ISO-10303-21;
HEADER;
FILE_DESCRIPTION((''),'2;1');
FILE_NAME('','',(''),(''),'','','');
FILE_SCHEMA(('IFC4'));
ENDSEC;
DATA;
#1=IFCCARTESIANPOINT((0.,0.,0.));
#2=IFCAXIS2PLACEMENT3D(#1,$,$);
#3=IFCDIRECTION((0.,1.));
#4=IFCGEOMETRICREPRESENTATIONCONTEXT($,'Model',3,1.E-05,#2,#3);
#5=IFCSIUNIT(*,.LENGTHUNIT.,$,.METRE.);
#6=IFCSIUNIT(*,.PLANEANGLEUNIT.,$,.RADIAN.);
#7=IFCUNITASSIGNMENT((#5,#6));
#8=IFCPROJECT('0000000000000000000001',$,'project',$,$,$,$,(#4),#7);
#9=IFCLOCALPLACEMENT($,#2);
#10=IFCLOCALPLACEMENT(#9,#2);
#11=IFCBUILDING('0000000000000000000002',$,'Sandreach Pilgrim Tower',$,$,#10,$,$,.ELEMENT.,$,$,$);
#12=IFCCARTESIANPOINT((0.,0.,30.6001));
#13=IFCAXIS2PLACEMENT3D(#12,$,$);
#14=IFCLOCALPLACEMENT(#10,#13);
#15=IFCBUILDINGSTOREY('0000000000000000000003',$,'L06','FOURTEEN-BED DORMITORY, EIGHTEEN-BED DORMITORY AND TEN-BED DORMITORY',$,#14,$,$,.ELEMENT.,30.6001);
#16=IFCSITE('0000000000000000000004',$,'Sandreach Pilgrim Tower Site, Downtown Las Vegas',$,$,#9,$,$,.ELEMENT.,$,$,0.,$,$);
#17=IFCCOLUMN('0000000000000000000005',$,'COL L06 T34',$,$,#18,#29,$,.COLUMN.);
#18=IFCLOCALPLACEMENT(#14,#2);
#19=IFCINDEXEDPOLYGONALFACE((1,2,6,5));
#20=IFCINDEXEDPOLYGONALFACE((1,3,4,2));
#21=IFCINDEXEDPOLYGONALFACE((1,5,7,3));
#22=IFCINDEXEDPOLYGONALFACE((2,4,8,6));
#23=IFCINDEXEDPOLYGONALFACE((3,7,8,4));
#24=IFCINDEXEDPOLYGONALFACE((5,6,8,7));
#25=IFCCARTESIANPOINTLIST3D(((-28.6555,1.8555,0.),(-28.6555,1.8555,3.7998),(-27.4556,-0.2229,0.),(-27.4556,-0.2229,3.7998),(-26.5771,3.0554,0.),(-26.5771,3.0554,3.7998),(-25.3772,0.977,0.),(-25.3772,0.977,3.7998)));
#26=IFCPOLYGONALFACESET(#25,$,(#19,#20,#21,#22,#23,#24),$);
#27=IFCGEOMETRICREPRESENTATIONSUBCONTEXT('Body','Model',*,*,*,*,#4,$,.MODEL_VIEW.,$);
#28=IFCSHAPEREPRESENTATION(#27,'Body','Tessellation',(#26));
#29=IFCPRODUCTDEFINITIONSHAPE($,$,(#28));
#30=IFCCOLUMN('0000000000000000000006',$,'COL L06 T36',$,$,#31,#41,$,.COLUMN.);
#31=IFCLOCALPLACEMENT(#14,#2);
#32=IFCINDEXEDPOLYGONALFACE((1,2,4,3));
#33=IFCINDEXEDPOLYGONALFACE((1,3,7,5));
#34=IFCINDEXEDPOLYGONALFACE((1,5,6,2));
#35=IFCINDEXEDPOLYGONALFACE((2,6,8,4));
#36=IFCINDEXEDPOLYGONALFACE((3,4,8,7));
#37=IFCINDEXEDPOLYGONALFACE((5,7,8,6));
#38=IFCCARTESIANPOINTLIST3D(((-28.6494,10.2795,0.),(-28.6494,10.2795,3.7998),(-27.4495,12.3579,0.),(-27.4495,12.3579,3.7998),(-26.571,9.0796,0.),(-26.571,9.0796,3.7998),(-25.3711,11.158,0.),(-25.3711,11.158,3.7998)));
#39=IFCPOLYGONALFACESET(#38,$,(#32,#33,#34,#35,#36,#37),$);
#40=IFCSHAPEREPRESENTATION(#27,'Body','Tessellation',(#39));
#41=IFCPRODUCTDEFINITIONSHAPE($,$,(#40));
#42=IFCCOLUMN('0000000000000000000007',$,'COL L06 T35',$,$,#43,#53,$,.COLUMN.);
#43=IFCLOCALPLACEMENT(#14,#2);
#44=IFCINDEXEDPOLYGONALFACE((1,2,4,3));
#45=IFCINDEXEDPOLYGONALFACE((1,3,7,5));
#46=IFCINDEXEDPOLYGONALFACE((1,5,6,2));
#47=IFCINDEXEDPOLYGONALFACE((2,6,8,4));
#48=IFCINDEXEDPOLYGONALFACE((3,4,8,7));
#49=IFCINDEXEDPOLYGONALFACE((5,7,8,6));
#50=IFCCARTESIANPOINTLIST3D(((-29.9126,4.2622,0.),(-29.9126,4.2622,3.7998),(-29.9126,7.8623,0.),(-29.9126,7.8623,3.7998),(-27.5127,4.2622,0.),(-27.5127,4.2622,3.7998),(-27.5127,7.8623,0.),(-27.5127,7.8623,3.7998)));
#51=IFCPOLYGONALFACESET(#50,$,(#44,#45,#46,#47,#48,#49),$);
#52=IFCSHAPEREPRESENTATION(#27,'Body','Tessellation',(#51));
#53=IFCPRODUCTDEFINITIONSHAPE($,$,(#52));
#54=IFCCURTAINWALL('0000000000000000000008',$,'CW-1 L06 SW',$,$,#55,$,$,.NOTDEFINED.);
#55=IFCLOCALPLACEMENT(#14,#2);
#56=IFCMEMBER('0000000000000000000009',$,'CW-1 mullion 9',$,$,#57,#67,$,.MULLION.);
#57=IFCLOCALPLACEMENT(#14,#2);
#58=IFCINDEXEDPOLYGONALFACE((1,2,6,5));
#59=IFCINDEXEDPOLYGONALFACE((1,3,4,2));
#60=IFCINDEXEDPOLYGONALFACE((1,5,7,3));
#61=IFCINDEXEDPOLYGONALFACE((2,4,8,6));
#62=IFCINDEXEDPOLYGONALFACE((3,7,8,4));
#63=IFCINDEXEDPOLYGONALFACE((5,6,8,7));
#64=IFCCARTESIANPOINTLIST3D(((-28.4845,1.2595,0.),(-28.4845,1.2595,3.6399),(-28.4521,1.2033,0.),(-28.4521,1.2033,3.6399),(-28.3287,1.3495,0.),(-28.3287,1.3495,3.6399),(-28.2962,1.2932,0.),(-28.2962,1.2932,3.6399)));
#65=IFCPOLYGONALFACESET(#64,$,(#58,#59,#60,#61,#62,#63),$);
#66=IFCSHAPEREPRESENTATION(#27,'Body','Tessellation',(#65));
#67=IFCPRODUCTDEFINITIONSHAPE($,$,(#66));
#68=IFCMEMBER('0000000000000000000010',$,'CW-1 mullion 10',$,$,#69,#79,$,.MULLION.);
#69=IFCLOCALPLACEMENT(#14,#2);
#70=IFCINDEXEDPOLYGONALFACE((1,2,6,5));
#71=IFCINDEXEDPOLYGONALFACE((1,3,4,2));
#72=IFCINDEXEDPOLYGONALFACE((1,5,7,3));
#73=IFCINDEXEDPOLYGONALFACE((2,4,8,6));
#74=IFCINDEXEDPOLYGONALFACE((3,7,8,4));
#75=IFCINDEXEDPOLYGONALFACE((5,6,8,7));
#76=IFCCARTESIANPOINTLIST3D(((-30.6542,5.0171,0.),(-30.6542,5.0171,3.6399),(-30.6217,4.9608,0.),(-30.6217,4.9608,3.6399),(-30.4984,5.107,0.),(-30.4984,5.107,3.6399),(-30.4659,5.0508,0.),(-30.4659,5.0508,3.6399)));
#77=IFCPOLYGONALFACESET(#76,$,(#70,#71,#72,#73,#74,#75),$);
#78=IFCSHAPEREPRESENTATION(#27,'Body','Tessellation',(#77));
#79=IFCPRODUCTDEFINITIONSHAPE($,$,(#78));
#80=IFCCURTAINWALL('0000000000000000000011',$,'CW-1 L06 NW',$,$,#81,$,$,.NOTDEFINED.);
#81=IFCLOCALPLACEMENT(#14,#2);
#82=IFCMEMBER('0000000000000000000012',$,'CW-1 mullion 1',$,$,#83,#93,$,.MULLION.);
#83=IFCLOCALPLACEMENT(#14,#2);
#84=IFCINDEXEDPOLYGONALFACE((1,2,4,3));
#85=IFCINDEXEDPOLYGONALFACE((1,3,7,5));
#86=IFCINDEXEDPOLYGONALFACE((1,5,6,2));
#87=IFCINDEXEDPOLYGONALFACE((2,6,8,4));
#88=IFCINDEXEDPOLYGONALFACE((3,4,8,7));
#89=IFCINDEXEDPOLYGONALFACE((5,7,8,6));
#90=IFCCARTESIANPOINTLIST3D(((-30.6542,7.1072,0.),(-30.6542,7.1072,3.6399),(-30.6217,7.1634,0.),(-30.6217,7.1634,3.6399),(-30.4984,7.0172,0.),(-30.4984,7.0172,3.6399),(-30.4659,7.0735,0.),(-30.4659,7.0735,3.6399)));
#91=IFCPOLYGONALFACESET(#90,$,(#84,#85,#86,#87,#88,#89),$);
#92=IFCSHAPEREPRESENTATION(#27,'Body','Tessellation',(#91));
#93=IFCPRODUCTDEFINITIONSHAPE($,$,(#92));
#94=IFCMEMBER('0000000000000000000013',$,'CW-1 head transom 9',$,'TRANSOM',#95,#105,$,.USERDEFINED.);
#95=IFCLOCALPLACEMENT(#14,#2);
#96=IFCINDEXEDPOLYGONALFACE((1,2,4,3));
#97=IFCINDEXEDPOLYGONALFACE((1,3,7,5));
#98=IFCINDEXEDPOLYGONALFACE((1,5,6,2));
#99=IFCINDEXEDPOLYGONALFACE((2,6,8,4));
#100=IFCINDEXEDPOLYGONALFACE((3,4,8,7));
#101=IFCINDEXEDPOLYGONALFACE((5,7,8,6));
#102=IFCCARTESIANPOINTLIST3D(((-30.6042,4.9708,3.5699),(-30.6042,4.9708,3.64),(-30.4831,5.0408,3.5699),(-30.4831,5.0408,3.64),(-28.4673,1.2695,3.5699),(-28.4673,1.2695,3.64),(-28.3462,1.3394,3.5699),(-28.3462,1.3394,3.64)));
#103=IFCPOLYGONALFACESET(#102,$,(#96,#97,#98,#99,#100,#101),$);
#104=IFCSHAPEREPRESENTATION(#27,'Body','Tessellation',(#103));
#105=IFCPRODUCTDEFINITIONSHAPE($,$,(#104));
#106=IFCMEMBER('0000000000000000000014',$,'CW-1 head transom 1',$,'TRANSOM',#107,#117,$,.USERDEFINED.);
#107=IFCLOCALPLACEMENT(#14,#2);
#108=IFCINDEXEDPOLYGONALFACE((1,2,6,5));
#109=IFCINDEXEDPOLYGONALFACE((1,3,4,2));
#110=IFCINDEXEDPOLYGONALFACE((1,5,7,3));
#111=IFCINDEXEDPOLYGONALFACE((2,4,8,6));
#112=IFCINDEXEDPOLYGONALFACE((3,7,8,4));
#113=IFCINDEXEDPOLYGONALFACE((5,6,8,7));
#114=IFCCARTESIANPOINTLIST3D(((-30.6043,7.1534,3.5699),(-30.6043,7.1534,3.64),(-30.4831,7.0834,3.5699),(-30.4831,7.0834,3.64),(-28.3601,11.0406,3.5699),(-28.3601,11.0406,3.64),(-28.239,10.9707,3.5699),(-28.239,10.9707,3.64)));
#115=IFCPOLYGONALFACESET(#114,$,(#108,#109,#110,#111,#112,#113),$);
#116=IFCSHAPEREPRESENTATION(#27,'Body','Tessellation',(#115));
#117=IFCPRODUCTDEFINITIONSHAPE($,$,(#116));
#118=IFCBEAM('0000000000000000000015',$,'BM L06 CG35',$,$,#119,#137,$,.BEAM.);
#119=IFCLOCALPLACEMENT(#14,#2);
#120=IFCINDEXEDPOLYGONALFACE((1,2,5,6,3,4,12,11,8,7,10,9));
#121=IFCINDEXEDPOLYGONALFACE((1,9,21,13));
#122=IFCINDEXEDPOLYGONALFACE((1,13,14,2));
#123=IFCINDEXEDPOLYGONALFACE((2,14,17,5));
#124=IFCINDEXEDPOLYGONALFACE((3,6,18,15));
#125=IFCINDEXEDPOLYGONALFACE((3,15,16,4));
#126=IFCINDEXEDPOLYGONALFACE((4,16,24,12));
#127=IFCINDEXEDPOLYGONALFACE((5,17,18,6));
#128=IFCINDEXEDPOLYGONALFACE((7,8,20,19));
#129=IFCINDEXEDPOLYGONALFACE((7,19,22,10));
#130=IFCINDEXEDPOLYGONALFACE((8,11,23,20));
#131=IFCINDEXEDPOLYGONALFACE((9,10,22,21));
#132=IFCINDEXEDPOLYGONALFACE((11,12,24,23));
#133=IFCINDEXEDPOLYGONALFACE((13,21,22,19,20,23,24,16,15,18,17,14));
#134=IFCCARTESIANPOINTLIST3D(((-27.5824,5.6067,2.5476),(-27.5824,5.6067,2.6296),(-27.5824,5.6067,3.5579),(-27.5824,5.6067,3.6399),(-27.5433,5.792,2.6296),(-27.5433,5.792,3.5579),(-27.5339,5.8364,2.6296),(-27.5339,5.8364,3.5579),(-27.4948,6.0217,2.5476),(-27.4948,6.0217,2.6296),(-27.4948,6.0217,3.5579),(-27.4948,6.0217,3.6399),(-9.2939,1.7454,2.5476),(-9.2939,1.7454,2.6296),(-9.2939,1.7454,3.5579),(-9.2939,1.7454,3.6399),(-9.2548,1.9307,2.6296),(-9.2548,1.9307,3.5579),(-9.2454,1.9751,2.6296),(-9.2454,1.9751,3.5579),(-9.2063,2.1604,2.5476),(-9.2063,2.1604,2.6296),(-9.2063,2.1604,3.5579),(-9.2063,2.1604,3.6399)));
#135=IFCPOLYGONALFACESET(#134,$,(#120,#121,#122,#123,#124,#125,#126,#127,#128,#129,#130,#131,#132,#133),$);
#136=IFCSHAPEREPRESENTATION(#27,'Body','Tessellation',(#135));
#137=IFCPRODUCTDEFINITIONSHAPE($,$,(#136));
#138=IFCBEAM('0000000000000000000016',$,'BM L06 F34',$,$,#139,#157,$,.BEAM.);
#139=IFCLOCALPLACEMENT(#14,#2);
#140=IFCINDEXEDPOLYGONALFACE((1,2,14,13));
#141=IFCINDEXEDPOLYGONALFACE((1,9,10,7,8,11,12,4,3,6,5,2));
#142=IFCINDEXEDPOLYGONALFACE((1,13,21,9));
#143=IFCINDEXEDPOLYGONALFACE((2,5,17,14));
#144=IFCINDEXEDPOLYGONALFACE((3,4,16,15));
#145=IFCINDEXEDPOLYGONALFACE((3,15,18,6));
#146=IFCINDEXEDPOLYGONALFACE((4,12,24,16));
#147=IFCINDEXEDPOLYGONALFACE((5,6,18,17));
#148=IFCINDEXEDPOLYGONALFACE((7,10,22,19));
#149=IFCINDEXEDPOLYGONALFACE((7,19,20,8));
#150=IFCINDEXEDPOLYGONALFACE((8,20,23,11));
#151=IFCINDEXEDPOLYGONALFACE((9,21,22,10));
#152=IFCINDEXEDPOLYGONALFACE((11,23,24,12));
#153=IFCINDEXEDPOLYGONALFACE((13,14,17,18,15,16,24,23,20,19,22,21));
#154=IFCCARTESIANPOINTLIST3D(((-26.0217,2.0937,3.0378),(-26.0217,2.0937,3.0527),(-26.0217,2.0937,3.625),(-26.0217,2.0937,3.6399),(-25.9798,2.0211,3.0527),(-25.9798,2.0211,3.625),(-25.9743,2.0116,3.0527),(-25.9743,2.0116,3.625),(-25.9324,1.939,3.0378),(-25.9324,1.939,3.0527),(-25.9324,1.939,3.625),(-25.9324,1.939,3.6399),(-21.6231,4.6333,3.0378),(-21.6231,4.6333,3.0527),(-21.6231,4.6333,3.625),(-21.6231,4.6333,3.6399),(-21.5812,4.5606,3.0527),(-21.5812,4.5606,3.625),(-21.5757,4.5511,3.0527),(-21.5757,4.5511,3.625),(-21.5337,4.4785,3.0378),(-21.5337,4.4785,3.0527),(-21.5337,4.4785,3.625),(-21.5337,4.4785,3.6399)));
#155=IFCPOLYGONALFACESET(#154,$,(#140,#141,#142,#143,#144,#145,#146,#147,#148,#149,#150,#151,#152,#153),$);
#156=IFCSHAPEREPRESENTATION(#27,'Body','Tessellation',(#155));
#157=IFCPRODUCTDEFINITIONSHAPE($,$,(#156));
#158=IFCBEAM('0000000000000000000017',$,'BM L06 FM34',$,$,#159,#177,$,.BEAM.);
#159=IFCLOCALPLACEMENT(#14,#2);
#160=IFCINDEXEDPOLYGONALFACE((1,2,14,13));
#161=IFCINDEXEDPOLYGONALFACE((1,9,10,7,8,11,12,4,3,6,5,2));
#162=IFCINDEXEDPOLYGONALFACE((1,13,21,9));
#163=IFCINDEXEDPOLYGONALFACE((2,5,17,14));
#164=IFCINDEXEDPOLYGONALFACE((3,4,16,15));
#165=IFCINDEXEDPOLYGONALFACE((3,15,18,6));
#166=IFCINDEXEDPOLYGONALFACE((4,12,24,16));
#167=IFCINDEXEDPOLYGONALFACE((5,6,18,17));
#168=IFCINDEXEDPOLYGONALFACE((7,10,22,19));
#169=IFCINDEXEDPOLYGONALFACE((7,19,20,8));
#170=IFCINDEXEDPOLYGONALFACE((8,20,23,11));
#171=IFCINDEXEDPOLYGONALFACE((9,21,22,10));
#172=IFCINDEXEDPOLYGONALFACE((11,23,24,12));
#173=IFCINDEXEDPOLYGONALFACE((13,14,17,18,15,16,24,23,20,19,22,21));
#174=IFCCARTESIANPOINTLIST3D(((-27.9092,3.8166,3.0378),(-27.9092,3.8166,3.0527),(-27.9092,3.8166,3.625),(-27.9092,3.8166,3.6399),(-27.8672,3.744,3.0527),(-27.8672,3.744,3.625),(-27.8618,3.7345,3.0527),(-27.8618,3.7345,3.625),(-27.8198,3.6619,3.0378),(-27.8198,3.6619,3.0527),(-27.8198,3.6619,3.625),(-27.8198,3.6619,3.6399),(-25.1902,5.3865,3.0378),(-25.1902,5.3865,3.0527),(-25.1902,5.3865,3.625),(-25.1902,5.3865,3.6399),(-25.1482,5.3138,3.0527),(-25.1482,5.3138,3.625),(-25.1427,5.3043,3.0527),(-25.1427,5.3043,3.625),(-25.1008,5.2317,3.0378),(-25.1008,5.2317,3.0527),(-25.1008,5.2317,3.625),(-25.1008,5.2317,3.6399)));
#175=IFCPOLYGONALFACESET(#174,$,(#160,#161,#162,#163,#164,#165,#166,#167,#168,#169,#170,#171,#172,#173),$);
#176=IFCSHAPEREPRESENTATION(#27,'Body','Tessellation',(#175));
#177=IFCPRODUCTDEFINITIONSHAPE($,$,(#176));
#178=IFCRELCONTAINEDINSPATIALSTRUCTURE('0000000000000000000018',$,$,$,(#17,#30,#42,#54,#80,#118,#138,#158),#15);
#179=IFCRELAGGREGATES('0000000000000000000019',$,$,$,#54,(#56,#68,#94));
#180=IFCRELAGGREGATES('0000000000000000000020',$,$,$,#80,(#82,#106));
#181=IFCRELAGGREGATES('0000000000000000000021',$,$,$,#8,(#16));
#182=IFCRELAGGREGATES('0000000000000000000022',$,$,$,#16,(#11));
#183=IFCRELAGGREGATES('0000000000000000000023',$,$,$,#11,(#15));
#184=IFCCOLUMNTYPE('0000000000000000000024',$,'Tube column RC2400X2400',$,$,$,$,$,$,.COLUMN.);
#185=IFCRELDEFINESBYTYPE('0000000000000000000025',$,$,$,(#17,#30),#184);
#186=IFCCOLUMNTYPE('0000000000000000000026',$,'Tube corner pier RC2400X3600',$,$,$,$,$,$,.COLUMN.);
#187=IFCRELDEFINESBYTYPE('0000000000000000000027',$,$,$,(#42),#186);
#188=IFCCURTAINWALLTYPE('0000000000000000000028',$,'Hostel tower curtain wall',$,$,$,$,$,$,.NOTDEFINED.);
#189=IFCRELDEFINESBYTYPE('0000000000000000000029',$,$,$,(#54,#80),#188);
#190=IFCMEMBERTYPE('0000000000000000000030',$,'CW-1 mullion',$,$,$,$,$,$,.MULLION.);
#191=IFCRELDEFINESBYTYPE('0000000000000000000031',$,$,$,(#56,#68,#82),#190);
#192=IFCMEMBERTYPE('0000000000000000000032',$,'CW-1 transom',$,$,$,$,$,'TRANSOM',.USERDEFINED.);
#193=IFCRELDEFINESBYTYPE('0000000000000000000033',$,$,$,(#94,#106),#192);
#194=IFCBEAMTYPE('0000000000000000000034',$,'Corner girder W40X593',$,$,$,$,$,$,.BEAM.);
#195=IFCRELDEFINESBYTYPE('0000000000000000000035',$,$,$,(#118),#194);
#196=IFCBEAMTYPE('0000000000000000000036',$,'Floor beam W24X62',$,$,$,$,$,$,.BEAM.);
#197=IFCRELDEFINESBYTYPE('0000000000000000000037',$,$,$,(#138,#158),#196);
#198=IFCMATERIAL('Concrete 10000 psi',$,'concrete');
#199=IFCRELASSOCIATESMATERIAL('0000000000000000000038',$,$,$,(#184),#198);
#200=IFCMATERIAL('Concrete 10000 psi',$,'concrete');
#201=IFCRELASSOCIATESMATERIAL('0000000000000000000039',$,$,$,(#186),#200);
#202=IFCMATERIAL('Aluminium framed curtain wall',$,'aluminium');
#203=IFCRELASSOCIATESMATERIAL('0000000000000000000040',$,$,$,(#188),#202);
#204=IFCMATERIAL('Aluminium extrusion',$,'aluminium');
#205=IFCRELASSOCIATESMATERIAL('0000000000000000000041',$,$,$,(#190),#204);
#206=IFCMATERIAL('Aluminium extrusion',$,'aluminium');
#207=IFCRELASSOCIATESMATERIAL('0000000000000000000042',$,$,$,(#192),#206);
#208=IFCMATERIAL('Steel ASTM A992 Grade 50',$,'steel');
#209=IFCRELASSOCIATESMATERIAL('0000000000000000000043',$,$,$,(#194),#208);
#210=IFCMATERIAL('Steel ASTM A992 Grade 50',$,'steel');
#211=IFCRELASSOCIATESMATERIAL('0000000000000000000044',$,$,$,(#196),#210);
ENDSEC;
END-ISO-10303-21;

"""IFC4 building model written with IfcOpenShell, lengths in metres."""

from ifc_helpers import new_model, si_unit, direction, frame, origin, origin_2d, place, context, subcontext, project, spatial, rectangle, i_section, extrude, material, material_profile, profile_set, type_object, element, aggregate, save


model = new_model("IFC4")

# Units and contexts
model_context = context("Model", 3, precision=1e-05, world=origin(), true_north=direction((0.0, 1.0)))
body_context = subcontext(model_context, "Body", "Model", "MODEL_VIEW")
ifc_project = project(units=[si_unit("LENGTHUNIT", "METRE"), si_unit("PLANEANGLEUNIT", "RADIAN")], contexts=[model_context])

# Site, building, storey
site_placement = place(None, origin())
site = spatial("IfcSite", under=ifc_project, at=site_placement, Name="Sandreach Pilgrim Tower Site, Downtown Las Vegas", CompositionType="ELEMENT", RefElevation=0.0)
building_placement = place(site_placement, origin())
building = spatial("IfcBuilding", under=site, at=building_placement, Name="Sandreach Pilgrim Tower", CompositionType="ELEMENT")
storey_placement = place(building_placement, frame((0.0, 0.0, 30.6001)))
storey = spatial("IfcBuildingStorey", under=building, at=storey_placement, Name="L06", Description="FOURTEEN-BED DORMITORY, EIGHTEEN-BED DORMITORY AND TEN-BED DORMITORY", CompositionType="ELEMENT", Elevation=30.6001)

# Columns
ifc_material_1 = material(Name="Concrete 10000 psi", Category="concrete")
ifc_material_profile_1 = material_profile(ifc_material_1, rectangle(XDim=2.3999, YDim=2.3999, at=origin_2d()), Name="RC2400X2400")
ifc_profile_set_1 = profile_set([ifc_material_profile_1], Name="Concrete 10000 psi")
column_type_1 = type_object("IfcColumnType", Name="Tube column RC2400X2400", PredefinedType="COLUMN", material=ifc_profile_set_1)
for number, where, z_axis, x_axis, name in (
    (1, (-27.0164, 1.4163, 0.0), (0.0, 0.0, 1.0), (-0.866025, -0.5, 0.0), "COL L06 T34"),
    (2, (-27.0103, 10.7188, 0.0), (0.0, 0.0, 1.0), (-0.866025, 0.5, 0.0), "COL L06 T36"),
):
    element("IfcColumn", number, at=place(storey_placement, frame(where, z_axis=z_axis, x_axis=x_axis)), inside=storey, type_object=column_type_1, Name=name, PredefinedType="COLUMN", context=body_context, shape_type="SweptSolid", body=[
        extrude(rectangle(XDim=2.3999, YDim=2.3999, at=origin_2d()), origin(), (0.0, 0.0, 1.0), 3.7998),
    ])
ifc_material_2 = material(Name="Concrete 10000 psi", Category="concrete")
ifc_material_profile_2 = material_profile(ifc_material_2, rectangle(XDim=2.3999, YDim=3.6001, at=origin_2d()), Name="RC2400X3600")
ifc_profile_set_2 = profile_set([ifc_material_profile_2], Name="Concrete 10000 psi")
column_type_2 = type_object("IfcColumnType", Name="Tube corner pier RC2400X3600", PredefinedType="COLUMN", material=ifc_profile_set_2)
column_placement = place(storey_placement, frame((-28.7126, 6.0623, 0.0), z_axis=(0.0, 0.0, 1.0), x_axis=(-1.0, 0.0, 0.0)))
element("IfcColumn", 3, at=column_placement, inside=storey, type_object=column_type_2, Name="COL L06 T35", PredefinedType="COLUMN", context=body_context, shape_type="SweptSolid", body=[
    extrude(rectangle(XDim=2.3999, YDim=3.6001, at=origin_2d()), origin(), (0.0, 0.0, 1.0), 3.7998),
])

# Curtain wall, members
ifc_material_3 = material(Name="Aluminium framed curtain wall", Category="aluminium")
curtain_wall_type = type_object("IfcCurtainWallType", Name="Hostel tower curtain wall", PredefinedType="NOTDEFINED", material=ifc_material_3)
curtain_wall_1_placement = place(storey_placement, origin())
curtain_wall_1 = element("IfcCurtainWall", 4, at=curtain_wall_1_placement, inside=storey, type_object=curtain_wall_type, Name="CW-1 L06 SW", PredefinedType="NOTDEFINED")
ifc_material_4 = material(Name="Aluminium extrusion", Category="aluminium")
ifc_material_profile_3 = material_profile(ifc_material_4, rectangle(XDim=0.0649, YDim=0.1799, at=origin_2d()), Name="CW-1M 65X180")
ifc_profile_set_3 = profile_set([ifc_material_profile_3], Name="Aluminium extrusion")
member_type_1 = type_object("IfcMemberType", Name="CW-1 mullion", PredefinedType="MULLION", material=ifc_profile_set_3)
member_1_placement = place(storey_placement, frame((-28.3904, 1.2764, 0.0), z_axis=(0.0, 0.0, 1.0), x_axis=(-0.5, 0.866025, 0.0)))
member_1 = element("IfcMember", 5, at=member_1_placement, type_object=member_type_1, Name="CW-1 mullion 9", PredefinedType="MULLION", context=body_context, shape_type="SweptSolid", body=[
    extrude(rectangle(XDim=0.0649, YDim=0.1799, at=origin_2d()), origin(), (0.0, 0.0, 1.0), 3.6399),
])
member_2_placement = place(storey_placement, frame((-30.5601, 5.0339, 0.0), z_axis=(0.0, 0.0, 1.0), x_axis=(-0.5, 0.866025, 0.0)))
member_2 = element("IfcMember", 6, at=member_2_placement, type_object=member_type_1, Name="CW-1 mullion 10", PredefinedType="MULLION", context=body_context, shape_type="SweptSolid", body=[
    extrude(rectangle(XDim=0.0649, YDim=0.1799, at=origin_2d()), origin(), (0.0, 0.0, 1.0), 3.6399),
])

# Curtain wall, member
curtain_wall_2_placement = place(storey_placement, origin())
curtain_wall_2 = element("IfcCurtainWall", 7, at=curtain_wall_2_placement, inside=storey, type_object=curtain_wall_type, Name="CW-1 L06 NW", PredefinedType="NOTDEFINED")
member_3_placement = place(storey_placement, frame((-30.5601, 7.0903, 0.0), z_axis=(0.0, 0.0, 1.0), x_axis=(0.5, 0.866025, 0.0)))
member_3 = element("IfcMember", 8, at=member_3_placement, type_object=member_type_1, Name="CW-1 mullion 1", PredefinedType="MULLION", context=body_context, shape_type="SweptSolid", body=[
    extrude(rectangle(XDim=0.0649, YDim=0.1799, at=origin_2d()), origin(), (0.0, 0.0, 1.0), 3.6399),
])

# Members
ifc_material_5 = material(Name="Aluminium extrusion", Category="aluminium")
ifc_material_profile_4 = material_profile(ifc_material_5, rectangle(XDim=0.1399, YDim=0.0701, at=origin_2d()), Name="CW-1T 140X70")
ifc_profile_set_4 = profile_set([ifc_material_profile_4], Name="Aluminium extrusion")
member_type_2 = type_object("IfcMemberType", Name="CW-1 transom", ElementType="TRANSOM", PredefinedType="USERDEFINED", material=ifc_profile_set_4)
member_4_placement = place(storey_placement, frame((-28.4067, 1.3044, 3.605), z_axis=(-0.499991, 0.866031, 0.0), x_axis=(-0.866031, -0.499991, 0.0)))
member_4 = element("IfcMember", 9, at=member_4_placement, type_object=member_type_2, Name="CW-1 head transom 9", ObjectType="TRANSOM", PredefinedType="USERDEFINED", context=body_context, shape_type="SweptSolid", body=[
    extrude(rectangle(XDim=0.1399, YDim=0.0701, at=origin_2d()), origin(), (0.0, 0.0, 1.0), 4.2739),
])
member_5_placement = place(storey_placement, frame((-30.5437, 7.1184, 3.605), z_axis=(0.499977, 0.866039, 0.0), x_axis=(-0.866039, 0.499977, 0.0)))
member_5 = element("IfcMember", 10, at=member_5_placement, type_object=member_type_2, Name="CW-1 head transom 1", ObjectType="TRANSOM", PredefinedType="USERDEFINED", context=body_context, shape_type="SweptSolid", body=[
    extrude(rectangle(XDim=0.1399, YDim=0.0701, at=origin_2d()), origin(), (0.0, 0.0, 1.0), 4.4885),
])

# Beams
ifc_material_6 = material(Name="Steel ASTM A992 Grade 50", Category="steel")
ifc_material_profile_5 = material_profile(ifc_material_6, i_section(OverallWidth=0.4241, OverallDepth=1.0923, WebThickness=0.0454, FlangeThickness=0.082, at=origin_2d()), Name="W40X593")
ifc_profile_set_5 = profile_set([ifc_material_profile_5], Name="Steel ASTM A992 Grade 50")
beam_type_1 = type_object("IfcBeamType", Name="Corner girder W40X593", PredefinedType="BEAM", material=ifc_profile_set_5)
beam_1_placement = place(storey_placement, frame((-27.5386, 5.8142, 3.0938), z_axis=(0.97843, -0.206579, 0.0), x_axis=(0.206579, 0.97843, 0.0)))
element("IfcBeam", 11, at=beam_1_placement, inside=storey, type_object=beam_type_1, Name="BM L06 CG35", PredefinedType="BEAM", context=body_context, shape_type="SweptSolid", body=[
    extrude(i_section(OverallWidth=0.4241, OverallDepth=1.0923, WebThickness=0.0454, FlangeThickness=0.082, at=origin_2d()), origin(), (0.0, 0.0, 1.0), 18.6917),
])
ifc_material_7 = material(Name="Steel ASTM A992 Grade 50", Category="steel")
ifc_material_profile_6 = material_profile(ifc_material_7, i_section(OverallWidth=0.1787, OverallDepth=0.6021, WebThickness=0.011, FlangeThickness=0.0149, at=origin_2d()), Name="W24X62")
ifc_profile_set_6 = profile_set([ifc_material_profile_6], Name="Steel ASTM A992 Grade 50")
beam_type_2 = type_object("IfcBeamType", Name="Floor beam W24X62", PredefinedType="BEAM", material=ifc_profile_set_6)
beam_2_placement = place(storey_placement, frame((-25.9771, 2.0164, 3.3389), z_axis=(0.866028, 0.499996, 0.0), x_axis=(-0.499996, 0.866028, 0.0)))
element("IfcBeam", 12, at=beam_2_placement, inside=storey, type_object=beam_type_2, Name="BM L06 F34", PredefinedType="BEAM", context=body_context, shape_type="SweptSolid", body=[
    extrude(i_section(OverallWidth=0.1787, OverallDepth=0.6021, WebThickness=0.011, FlangeThickness=0.0149, at=origin_2d()), origin(), (0.0, 0.0, 1.0), 5.0791),
])
beam_3_placement = place(storey_placement, frame((-27.8645, 3.7393, 3.3389), z_axis=(0.866024, 0.500003, 0.0), x_axis=(-0.500003, 0.866024, 0.0)))
element("IfcBeam", 13, at=beam_3_placement, inside=storey, type_object=beam_type_2, Name="BM L06 FM34", PredefinedType="BEAM", context=body_context, shape_type="SweptSolid", body=[
    extrude(i_section(OverallWidth=0.1787, OverallDepth=0.6021, WebThickness=0.011, FlangeThickness=0.0149, at=origin_2d()), origin(), (0.0, 0.0, 1.0), 3.1396),
])

aggregate(curtain_wall_1, [member_1, member_2, member_4])
aggregate(curtain_wall_2, [member_3, member_5])

save(model, "model.ifc")
